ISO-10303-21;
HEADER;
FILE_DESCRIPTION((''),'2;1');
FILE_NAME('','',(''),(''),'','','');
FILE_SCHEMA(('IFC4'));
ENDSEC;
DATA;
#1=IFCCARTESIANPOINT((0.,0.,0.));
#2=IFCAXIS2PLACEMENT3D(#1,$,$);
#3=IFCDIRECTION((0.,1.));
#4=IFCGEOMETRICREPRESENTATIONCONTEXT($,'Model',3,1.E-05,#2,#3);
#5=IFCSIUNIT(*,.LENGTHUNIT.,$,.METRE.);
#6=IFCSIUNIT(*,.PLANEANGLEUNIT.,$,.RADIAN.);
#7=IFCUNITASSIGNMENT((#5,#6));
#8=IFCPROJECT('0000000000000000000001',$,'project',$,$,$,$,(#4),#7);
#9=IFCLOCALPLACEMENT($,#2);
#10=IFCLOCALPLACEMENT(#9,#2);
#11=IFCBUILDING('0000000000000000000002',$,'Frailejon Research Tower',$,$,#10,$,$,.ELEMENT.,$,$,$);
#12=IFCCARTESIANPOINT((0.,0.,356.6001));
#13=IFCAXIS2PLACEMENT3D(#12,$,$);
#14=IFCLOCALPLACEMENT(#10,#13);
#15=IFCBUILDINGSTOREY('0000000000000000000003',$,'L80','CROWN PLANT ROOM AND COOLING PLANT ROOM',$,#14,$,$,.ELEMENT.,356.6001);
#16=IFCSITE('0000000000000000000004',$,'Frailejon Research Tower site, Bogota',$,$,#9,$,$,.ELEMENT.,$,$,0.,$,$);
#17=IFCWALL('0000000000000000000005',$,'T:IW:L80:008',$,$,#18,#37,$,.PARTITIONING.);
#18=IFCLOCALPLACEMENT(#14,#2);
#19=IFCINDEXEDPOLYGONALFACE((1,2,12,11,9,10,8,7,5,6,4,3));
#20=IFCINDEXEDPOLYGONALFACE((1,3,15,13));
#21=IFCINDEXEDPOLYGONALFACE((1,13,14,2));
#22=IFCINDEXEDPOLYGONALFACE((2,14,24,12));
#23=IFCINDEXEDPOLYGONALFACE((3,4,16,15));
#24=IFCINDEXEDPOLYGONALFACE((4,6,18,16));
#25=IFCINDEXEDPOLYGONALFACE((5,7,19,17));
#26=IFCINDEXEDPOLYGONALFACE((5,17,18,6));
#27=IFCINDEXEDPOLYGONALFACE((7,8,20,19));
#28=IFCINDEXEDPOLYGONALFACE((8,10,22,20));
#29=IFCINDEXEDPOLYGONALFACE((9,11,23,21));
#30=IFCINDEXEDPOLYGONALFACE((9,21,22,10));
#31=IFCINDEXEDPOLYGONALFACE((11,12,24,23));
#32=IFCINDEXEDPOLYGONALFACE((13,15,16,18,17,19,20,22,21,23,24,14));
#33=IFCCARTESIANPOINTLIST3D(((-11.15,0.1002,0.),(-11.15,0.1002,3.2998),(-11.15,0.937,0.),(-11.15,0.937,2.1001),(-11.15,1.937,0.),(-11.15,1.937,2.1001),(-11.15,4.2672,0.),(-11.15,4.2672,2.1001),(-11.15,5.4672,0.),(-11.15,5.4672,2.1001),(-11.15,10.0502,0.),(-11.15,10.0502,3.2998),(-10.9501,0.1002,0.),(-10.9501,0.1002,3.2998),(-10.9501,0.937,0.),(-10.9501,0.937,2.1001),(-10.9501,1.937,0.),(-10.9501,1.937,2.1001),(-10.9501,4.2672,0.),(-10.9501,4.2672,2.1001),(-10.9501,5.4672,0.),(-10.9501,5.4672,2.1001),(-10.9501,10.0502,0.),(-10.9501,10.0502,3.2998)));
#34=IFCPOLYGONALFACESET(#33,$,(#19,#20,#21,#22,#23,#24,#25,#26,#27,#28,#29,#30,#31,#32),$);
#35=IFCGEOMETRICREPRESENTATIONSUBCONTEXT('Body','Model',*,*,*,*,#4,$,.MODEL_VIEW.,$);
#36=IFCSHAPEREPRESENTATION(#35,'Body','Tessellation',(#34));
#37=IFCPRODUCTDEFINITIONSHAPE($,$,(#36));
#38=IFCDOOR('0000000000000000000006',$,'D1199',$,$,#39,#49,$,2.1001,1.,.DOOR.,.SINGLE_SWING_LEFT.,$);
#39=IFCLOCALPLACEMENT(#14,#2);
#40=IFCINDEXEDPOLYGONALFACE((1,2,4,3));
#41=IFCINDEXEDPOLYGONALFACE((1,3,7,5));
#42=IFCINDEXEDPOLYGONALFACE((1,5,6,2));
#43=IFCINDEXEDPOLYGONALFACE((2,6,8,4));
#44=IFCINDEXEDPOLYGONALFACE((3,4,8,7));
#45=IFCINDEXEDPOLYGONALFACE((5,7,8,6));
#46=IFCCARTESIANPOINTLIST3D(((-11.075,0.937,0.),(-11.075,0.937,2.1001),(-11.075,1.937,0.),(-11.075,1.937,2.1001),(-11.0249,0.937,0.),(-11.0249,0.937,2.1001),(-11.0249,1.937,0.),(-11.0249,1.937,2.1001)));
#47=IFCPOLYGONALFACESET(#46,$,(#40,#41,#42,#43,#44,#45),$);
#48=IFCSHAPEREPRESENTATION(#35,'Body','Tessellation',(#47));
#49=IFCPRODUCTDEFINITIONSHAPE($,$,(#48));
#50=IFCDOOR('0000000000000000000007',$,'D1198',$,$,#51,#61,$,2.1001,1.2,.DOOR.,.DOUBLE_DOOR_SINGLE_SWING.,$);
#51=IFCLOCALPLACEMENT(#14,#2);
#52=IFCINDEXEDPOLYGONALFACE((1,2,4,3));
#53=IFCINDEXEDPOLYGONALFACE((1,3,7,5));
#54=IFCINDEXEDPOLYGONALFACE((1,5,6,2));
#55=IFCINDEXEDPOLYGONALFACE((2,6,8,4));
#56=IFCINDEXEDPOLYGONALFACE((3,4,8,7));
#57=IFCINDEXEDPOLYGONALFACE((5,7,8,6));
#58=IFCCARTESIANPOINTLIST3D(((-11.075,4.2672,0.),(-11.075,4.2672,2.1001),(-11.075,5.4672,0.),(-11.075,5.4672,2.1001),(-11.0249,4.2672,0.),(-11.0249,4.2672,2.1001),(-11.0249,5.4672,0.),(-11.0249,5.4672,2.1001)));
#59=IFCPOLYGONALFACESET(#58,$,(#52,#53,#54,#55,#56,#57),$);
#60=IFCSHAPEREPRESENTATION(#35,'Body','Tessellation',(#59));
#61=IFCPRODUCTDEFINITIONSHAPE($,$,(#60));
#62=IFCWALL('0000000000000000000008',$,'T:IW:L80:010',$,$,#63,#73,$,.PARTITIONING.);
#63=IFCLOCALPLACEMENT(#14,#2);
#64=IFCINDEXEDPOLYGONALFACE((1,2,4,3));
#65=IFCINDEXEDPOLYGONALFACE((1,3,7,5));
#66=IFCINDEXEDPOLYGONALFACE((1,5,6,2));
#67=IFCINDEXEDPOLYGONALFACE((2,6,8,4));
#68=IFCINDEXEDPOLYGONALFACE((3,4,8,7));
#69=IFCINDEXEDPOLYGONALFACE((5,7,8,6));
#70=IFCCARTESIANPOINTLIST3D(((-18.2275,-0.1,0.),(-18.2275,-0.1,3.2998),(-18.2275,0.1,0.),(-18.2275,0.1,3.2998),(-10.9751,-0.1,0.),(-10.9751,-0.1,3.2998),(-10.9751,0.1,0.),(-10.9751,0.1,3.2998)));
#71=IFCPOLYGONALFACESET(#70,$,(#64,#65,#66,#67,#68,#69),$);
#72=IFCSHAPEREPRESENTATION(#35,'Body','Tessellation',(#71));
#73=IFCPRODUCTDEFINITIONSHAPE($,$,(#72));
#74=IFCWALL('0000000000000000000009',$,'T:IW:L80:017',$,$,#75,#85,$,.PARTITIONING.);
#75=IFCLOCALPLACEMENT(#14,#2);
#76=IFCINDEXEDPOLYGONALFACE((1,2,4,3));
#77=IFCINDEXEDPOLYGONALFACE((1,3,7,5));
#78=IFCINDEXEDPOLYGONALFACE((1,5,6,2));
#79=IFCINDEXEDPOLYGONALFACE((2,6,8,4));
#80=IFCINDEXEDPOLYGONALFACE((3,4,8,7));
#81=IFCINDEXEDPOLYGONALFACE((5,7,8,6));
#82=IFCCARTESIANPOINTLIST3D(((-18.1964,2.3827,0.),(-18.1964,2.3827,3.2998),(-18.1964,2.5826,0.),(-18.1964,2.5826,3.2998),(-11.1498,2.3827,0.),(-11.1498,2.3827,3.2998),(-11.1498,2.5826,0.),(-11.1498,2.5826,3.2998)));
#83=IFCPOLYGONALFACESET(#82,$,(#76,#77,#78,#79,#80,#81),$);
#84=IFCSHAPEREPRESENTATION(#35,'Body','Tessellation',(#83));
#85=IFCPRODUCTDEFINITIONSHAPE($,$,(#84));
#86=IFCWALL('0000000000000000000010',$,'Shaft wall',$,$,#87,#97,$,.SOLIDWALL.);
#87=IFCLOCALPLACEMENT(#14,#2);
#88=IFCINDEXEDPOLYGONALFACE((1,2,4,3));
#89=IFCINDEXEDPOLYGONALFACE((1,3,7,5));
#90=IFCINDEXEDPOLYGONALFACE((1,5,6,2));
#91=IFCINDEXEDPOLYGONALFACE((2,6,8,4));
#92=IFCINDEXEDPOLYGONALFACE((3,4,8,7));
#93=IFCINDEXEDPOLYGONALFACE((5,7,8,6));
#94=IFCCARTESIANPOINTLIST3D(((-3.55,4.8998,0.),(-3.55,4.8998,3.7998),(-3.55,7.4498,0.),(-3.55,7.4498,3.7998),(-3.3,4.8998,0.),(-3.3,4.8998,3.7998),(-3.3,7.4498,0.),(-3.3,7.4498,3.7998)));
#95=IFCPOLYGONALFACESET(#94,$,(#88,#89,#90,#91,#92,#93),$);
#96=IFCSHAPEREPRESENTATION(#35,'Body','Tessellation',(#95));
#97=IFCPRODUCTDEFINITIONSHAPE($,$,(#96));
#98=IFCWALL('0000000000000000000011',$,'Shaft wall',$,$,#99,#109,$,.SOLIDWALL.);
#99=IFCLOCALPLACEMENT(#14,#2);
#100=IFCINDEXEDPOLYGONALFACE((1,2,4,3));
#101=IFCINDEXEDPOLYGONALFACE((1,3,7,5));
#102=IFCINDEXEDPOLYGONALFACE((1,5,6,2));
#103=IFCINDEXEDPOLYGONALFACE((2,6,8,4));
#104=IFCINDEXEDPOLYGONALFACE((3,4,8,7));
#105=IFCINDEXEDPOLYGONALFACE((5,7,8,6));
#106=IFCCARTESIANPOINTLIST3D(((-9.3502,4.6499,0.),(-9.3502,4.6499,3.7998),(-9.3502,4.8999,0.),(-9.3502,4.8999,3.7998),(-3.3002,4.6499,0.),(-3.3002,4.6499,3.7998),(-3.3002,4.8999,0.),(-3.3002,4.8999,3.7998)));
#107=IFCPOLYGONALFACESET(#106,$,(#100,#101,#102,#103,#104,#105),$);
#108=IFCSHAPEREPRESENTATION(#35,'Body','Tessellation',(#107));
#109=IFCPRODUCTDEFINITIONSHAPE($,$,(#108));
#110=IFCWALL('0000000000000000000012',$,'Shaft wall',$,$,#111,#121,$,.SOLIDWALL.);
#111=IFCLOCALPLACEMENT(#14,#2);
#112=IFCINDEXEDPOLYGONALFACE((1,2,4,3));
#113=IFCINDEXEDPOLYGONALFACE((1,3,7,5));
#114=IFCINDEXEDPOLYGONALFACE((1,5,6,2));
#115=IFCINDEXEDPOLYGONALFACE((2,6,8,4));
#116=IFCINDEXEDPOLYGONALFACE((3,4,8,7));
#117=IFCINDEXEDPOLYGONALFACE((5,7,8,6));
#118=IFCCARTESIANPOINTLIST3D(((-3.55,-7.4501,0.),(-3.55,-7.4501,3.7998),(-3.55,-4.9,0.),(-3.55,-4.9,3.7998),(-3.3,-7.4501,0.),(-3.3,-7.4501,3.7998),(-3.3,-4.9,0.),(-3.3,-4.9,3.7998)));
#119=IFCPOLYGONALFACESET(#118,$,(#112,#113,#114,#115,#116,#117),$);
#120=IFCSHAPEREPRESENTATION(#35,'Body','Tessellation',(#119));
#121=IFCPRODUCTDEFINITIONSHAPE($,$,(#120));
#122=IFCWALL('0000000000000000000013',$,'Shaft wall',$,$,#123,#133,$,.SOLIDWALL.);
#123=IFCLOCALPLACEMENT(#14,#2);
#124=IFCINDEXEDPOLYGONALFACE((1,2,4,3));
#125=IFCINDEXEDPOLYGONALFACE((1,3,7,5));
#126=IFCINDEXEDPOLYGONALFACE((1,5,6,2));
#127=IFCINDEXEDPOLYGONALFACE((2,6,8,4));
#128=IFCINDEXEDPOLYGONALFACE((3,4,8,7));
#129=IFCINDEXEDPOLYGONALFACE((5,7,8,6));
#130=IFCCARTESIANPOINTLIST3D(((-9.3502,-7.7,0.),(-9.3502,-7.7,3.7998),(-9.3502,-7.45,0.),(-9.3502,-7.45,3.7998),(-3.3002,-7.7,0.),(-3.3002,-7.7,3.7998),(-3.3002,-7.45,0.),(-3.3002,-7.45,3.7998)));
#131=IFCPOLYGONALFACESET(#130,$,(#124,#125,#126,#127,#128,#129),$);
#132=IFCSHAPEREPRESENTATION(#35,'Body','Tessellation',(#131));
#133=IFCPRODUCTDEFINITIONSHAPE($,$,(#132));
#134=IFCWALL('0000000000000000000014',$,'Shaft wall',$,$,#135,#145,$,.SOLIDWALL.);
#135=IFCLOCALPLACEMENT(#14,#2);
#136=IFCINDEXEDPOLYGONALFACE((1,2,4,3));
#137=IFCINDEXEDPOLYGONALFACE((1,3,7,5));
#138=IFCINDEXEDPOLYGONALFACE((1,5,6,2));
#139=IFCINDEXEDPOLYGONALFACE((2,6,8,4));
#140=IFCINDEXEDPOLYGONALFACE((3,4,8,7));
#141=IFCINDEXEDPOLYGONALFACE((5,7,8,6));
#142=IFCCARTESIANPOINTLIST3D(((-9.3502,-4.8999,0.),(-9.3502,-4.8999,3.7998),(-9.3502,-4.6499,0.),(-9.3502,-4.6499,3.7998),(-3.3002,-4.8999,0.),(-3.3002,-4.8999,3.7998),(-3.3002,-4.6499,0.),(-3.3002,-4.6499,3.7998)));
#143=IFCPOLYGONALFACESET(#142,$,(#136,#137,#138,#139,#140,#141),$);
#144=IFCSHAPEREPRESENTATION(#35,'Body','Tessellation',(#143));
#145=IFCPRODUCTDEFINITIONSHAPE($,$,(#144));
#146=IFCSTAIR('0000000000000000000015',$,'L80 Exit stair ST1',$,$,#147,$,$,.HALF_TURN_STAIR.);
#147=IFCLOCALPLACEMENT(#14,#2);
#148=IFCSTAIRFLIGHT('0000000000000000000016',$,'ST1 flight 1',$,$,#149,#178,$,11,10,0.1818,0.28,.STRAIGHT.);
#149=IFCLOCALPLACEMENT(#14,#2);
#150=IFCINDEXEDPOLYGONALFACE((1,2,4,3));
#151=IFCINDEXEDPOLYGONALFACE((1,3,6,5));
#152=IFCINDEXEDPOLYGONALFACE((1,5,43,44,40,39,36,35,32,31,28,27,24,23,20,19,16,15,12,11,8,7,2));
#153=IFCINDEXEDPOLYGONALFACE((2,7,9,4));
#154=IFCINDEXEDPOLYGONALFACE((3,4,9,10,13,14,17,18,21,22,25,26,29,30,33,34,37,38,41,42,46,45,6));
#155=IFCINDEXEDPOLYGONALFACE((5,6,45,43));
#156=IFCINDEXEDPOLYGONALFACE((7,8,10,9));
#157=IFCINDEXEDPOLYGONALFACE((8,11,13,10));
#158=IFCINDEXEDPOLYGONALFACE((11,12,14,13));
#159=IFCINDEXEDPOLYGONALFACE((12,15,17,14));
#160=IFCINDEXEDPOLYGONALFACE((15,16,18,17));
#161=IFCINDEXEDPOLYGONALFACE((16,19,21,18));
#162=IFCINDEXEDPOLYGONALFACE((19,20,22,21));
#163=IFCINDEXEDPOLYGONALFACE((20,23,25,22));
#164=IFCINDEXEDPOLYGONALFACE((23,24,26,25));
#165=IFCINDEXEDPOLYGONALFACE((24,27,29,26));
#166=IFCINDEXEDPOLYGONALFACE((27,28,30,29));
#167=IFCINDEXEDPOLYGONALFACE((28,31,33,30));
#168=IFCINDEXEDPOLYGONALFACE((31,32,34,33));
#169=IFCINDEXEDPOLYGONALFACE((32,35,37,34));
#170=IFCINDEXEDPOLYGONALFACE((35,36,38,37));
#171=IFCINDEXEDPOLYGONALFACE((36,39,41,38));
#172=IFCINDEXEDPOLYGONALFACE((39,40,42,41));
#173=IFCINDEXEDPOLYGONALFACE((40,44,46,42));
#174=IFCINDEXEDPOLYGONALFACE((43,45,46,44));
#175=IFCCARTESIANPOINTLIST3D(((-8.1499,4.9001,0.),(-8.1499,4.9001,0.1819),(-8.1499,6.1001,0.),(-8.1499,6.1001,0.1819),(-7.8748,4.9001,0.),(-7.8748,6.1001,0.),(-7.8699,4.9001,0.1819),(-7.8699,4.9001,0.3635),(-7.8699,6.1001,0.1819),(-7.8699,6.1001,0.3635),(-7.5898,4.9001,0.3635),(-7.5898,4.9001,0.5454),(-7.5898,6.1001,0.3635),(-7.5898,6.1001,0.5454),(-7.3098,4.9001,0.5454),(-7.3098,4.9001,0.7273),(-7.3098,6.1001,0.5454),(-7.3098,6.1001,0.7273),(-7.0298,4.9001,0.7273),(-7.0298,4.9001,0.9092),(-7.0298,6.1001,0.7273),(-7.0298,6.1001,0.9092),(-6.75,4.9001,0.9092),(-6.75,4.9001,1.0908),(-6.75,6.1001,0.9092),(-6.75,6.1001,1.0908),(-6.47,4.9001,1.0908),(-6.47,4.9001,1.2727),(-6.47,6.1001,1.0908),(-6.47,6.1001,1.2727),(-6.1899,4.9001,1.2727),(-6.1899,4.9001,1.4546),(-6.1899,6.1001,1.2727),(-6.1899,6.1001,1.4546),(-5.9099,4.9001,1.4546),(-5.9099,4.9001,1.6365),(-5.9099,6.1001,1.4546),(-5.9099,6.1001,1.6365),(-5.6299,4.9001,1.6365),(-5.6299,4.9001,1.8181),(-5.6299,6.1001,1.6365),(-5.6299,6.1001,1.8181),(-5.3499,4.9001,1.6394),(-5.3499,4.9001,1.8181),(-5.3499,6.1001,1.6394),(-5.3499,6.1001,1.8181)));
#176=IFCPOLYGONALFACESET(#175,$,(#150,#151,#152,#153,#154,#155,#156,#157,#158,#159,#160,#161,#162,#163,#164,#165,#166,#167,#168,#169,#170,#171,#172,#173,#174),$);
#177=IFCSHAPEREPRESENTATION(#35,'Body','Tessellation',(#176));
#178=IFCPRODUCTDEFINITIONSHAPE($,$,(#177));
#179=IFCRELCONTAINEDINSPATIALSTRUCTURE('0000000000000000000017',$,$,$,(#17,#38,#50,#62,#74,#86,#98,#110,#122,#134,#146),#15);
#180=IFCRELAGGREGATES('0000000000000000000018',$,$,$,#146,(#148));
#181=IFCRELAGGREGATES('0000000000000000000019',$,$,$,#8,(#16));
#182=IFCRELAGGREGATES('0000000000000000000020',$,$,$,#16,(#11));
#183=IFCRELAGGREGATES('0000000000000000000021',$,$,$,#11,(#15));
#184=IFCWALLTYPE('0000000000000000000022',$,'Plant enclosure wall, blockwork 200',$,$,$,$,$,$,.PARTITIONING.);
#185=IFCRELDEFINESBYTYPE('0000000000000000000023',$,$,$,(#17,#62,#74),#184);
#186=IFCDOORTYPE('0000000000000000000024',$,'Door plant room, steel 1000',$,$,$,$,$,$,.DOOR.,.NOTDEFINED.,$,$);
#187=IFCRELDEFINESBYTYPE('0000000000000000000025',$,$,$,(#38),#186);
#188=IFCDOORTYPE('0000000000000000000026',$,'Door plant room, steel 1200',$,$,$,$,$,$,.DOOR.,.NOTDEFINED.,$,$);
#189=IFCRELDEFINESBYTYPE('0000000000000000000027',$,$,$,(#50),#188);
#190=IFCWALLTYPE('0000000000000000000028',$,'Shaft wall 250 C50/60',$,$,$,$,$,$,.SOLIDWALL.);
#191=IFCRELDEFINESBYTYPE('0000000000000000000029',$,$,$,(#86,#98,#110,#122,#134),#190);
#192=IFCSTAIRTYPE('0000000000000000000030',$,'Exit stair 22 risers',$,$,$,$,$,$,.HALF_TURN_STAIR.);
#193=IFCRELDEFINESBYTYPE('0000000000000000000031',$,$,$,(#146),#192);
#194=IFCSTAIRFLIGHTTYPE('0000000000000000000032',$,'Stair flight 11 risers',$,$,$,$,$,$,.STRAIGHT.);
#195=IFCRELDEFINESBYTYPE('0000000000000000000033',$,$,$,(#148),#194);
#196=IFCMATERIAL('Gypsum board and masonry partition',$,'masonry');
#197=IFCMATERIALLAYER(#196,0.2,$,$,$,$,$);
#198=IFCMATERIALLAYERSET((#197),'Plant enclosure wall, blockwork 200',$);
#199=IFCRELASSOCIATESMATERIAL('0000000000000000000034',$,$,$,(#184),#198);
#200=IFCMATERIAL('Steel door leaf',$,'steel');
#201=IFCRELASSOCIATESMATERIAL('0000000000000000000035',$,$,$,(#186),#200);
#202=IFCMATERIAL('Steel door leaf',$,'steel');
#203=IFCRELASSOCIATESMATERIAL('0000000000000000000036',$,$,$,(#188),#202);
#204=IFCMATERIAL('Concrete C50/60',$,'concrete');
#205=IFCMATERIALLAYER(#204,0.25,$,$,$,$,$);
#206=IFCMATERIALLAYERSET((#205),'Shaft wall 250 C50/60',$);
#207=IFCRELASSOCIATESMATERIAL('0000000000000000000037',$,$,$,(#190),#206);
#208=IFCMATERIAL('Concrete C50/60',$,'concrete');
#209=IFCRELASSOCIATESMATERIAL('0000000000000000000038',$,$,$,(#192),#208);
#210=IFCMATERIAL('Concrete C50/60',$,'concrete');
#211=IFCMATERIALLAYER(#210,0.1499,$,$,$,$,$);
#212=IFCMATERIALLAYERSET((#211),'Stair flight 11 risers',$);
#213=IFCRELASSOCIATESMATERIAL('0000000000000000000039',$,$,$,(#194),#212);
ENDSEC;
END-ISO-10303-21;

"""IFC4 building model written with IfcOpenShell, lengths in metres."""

from ifc_helpers import new_model, si_unit, direction, frame, frame_2d, origin, place, context, subcontext, project, spatial, polyline, rectangle, outline, extrude, material, layer, layer_set, type_object, element, fill, aggregate, save


model = new_model("IFC4")

# Units and contexts
model_context = context("Model", 3, precision=1e-05, world=origin(), true_north=direction((0.0, 1.0)))
body_context = subcontext(model_context, "Body", "Model", "MODEL_VIEW")
ifc_project = project(units=[si_unit("LENGTHUNIT", "METRE"), si_unit("PLANEANGLEUNIT", "RADIAN")], contexts=[model_context])

# Site, building, storey
site_placement = place(None, origin())
site = spatial("IfcSite", under=ifc_project, at=site_placement, Name="Frailejon Research Tower site, Bogota", CompositionType="ELEMENT", RefElevation=0.0)
building_placement = place(site_placement, origin())
building = spatial("IfcBuilding", under=site, at=building_placement, Name="Frailejon Research Tower", CompositionType="ELEMENT")
storey_placement = place(building_placement, frame((0.0, 0.0, 356.6001)))
storey = spatial("IfcBuildingStorey", under=building, at=storey_placement, Name="L80", Description="CROWN PLANT ROOM AND COOLING PLANT ROOM", CompositionType="ELEMENT", Elevation=356.6001)

# Wall, openings, doors
ifc_material_1 = material(Name="Gypsum board and masonry partition", Category="masonry")
ifc_layer_1 = layer(ifc_material_1, 0.2)
ifc_layer_set_1 = layer_set([ifc_layer_1], Name="Plant enclosure wall, blockwork 200")
wall_type_1 = type_object("IfcWallType", Name="Plant enclosure wall, blockwork 200", PredefinedType="PARTITIONING", material=ifc_layer_set_1)
wall_1_placement = place(storey_placement, frame((-11.05, 0.1001, 0.0), z_axis=(0.0, 0.0, 1.0), x_axis=(0.0, 1.0, 0.0)))
wall_1 = element("IfcWall", 1, at=wall_1_placement, inside=storey, type_object=wall_type_1, Name="T:IW:L80:008", PredefinedType="PARTITIONING", context=body_context, shape_type="SweptSolid", body=[
    extrude(rectangle(XDim=9.95, YDim=0.2, at=frame_2d((4.9751, 0.0))), origin(), (0.0, 0.0, 1.0), 3.2998),
])
opening_1_placement = place(wall_1_placement, frame((4.167, 0.0, 0.0)))
opening_1 = element("IfcOpeningElement", 2, at=opening_1_placement, cuts=wall_1, PredefinedType="OPENING", context=body_context, shape_type="SweptSolid", body=[
    extrude(rectangle(XDim=1.2, YDim=2.1001, at=frame_2d((0.6001, 1.05))), frame((0.0, 0.1099, 0.0), z_axis=(0.0, -1.0, 0.0), x_axis=(1.0, 0.0, 0.0)), (0.0, 0.0, 1.0), 0.22),
])
opening_2_placement = place(wall_1_placement, frame((0.8369, 0.0, 0.0)))
opening_2 = element("IfcOpeningElement", 3, at=opening_2_placement, cuts=wall_1, PredefinedType="OPENING", context=body_context, shape_type="SweptSolid", body=[
    extrude(rectangle(XDim=1.0, YDim=2.1001, at=frame_2d((0.5, 1.05))), frame((0.0, 0.1099, 0.0), z_axis=(0.0, -1.0, 0.0), x_axis=(1.0, 0.0, 0.0)), (0.0, 0.0, 1.0), 0.22),
])
ifc_material_2 = material(Name="Steel door leaf", Category="steel")
door_type_1 = type_object("IfcDoorType", Name="Door plant room, steel 1000", OperationType="NOTDEFINED", PredefinedType="DOOR", material=ifc_material_2)
door_1_placement = place(opening_2_placement, origin())
door_1 = element("IfcDoor", 4, at=door_1_placement, inside=storey, type_object=door_type_1, Name="D1199", OperationType="SINGLE_SWING_LEFT", OverallHeight=2.1001, OverallWidth=1.0, PredefinedType="DOOR", context=body_context, shape_type="SweptSolid", body=[
    extrude(rectangle(XDim=1.0, YDim=2.1001, at=frame_2d((0.5, 1.05))), frame((0.0, 0.0249, 0.0), z_axis=(0.0, -1.0, 0.0), x_axis=(1.0, 0.0, 0.0)), (0.0, 0.0, 1.0), 0.05),
])
fill(opening_2, door_1)
ifc_material_3 = material(Name="Steel door leaf", Category="steel")
door_type_2 = type_object("IfcDoorType", Name="Door plant room, steel 1200", OperationType="NOTDEFINED", PredefinedType="DOOR", material=ifc_material_3)
door_2_placement = place(opening_1_placement, origin())
door_2 = element("IfcDoor", 5, at=door_2_placement, inside=storey, type_object=door_type_2, Name="D1198", OperationType="DOUBLE_DOOR_SINGLE_SWING", OverallHeight=2.1001, OverallWidth=1.2, PredefinedType="DOOR", context=body_context, shape_type="SweptSolid", body=[
    extrude(rectangle(XDim=1.2, YDim=2.1001, at=frame_2d((0.6001, 1.05))), frame((0.0, 0.0249, 0.0), z_axis=(0.0, -1.0, 0.0), x_axis=(1.0, 0.0, 0.0)), (0.0, 0.0, 1.0), 0.05),
])
fill(opening_1, door_2)

# Walls
wall_2_placement = place(storey_placement, frame((-18.2275, 0.0, 0.0), z_axis=(0.0, 0.0, 1.0), x_axis=(1.0, 0.0, 0.0)))
element("IfcWall", 6, at=wall_2_placement, inside=storey, type_object=wall_type_1, Name="T:IW:L80:010", PredefinedType="PARTITIONING", context=body_context, shape_type="SweptSolid", body=[
    extrude(rectangle(XDim=7.2524, YDim=0.2, at=frame_2d((3.6262, 0.0))), origin(), (0.0, 0.0, 1.0), 3.2998),
])
wall_3_placement = place(storey_placement, frame((-18.1965, 2.4827, 0.0), z_axis=(0.0, 0.0, 1.0), x_axis=(1.0, 0.0, 0.0)))
element("IfcWall", 7, at=wall_3_placement, inside=storey, type_object=wall_type_1, Name="T:IW:L80:017", PredefinedType="PARTITIONING", context=body_context, shape_type="SweptSolid", body=[
    extrude(rectangle(XDim=7.0466, YDim=0.2, at=frame_2d((3.5234, 0.0))), origin(), (0.0, 0.0, 1.0), 3.2998),
])
ifc_material_4 = material(Name="Concrete C50/60", Category="concrete")
ifc_layer_2 = layer(ifc_material_4, 0.25)
ifc_layer_set_2 = layer_set([ifc_layer_2], Name="Shaft wall 250 C50/60")
wall_type_2 = type_object("IfcWallType", Name="Shaft wall 250 C50/60", PredefinedType="SOLIDWALL", material=ifc_layer_set_2)
wall_4_placement = place(storey_placement, frame((-3.425, 4.8999, 0.0), z_axis=(0.0, 0.0, 1.0), x_axis=(0.0, 1.0, 0.0)))
element("IfcWall", 8, at=wall_4_placement, inside=storey, type_object=wall_type_2, Name="Shaft wall", PredefinedType="SOLIDWALL", context=body_context, shape_type="SweptSolid", body=[
    extrude(rectangle(XDim=2.55, YDim=0.25, at=frame_2d((1.2749, 0.0))), origin(), (0.0, 0.0, 1.0), 3.7998),
])
wall_5_placement = place(storey_placement, frame((-9.3501, 4.7749, 0.0), z_axis=(0.0, 0.0, 1.0), x_axis=(1.0, 0.0, 0.0)))
element("IfcWall", 9, at=wall_5_placement, inside=storey, type_object=wall_type_2, Name="Shaft wall", PredefinedType="SOLIDWALL", context=body_context, shape_type="SweptSolid", body=[
    extrude(rectangle(XDim=6.05, YDim=0.25, at=frame_2d((3.0249, 0.0))), origin(), (0.0, 0.0, 1.0), 3.7998),
])
wall_6_placement = place(storey_placement, frame((-3.425, -7.45, 0.0), z_axis=(0.0, 0.0, 1.0), x_axis=(0.0, 1.0, 0.0)))
element("IfcWall", 10, at=wall_6_placement, inside=storey, type_object=wall_type_2, Name="Shaft wall", PredefinedType="SOLIDWALL", context=body_context, shape_type="SweptSolid", body=[
    extrude(rectangle(XDim=2.55, YDim=0.25, at=frame_2d((1.2749, 0.0))), origin(), (0.0, 0.0, 1.0), 3.7998),
])
for number, where, z_axis, x_axis, name in (
    (11, (-9.3501, -7.575, 0.0), (0.0, 0.0, 1.0), (1.0, 0.0, 0.0), "Shaft wall"),
    (12, (-9.3501, -4.7749, 0.0), (0.0, 0.0, 1.0), (1.0, 0.0, 0.0), "Shaft wall"),
):
    element("IfcWall", number, at=place(storey_placement, frame(where, z_axis=z_axis, x_axis=x_axis)), inside=storey, type_object=wall_type_2, Name=name, PredefinedType="SOLIDWALL", context=body_context, shape_type="SweptSolid", body=[
        extrude(rectangle(XDim=6.05, YDim=0.25, at=frame_2d((3.0249, 0.0))), origin(), (0.0, 0.0, 1.0), 3.7998),
    ])

# Stair, stair flight
ifc_material_5 = material(Name="Concrete C50/60", Category="concrete")
stair_type = type_object("IfcStairType", Name="Exit stair 22 risers", PredefinedType="HALF_TURN_STAIR", material=ifc_material_5)
stair_placement = place(storey_placement, origin())
stair = element("IfcStair", 13, at=stair_placement, inside=storey, type_object=stair_type, Name="L80 Exit stair ST1", PredefinedType="HALF_TURN_STAIR")
ifc_material_6 = material(Name="Concrete C50/60", Category="concrete")
ifc_layer_3 = layer(ifc_material_6, 0.1499)
ifc_layer_set_3 = layer_set([ifc_layer_3], Name="Stair flight 11 risers")
stair_flight_type = type_object("IfcStairFlightType", Name="Stair flight 11 risers", PredefinedType="STRAIGHT", material=ifc_layer_set_3)
stair_flight_placement = place(storey_placement, frame((-8.1499, 5.5, 0.0), z_axis=(0.0, 0.0, 1.0), x_axis=(1.0, 0.0, 0.0)))
stair_flight = element("IfcStairFlight", 14, at=stair_flight_placement, type_object=stair_flight_type, Name="ST1 flight 1", NumberOfRisers=11, NumberOfTreads=10, PredefinedType="STRAIGHT", RiserHeight=0.1818, TreadLength=0.28, context=body_context, shape_type="SweptSolid", body=[
    extrude(outline(polyline([(0.0, 0.0), (0.0, 0.1819), (0.28, 0.1819), (0.28, 0.3635), (0.5601, 0.3635), (0.5601, 0.5454), (0.8401, 0.5454), (0.8401, 0.7273), (1.1201, 0.7273), (1.1201, 0.9092), (1.3999, 0.9092), (1.3999, 1.0908), (1.6799, 1.0908), (1.6799, 1.2727), (1.96, 1.2727), (1.96, 1.4546), (2.24, 1.4546), (2.24, 1.6365), (2.52, 1.6365), (2.52, 1.8181), (2.8, 1.8181), (2.8, 2.0), (2.8, 1.6394), (0.2751, 0.0), (0.0, 0.0)])), frame((0.0, 0.6001, 0.0), z_axis=(0.0, -1.0, 0.0), x_axis=(1.0, 0.0, 0.0)), (0.0, 0.0, 1.0), 1.2),
])
aggregate(stair, [stair_flight])

save(model, "model.ifc")
